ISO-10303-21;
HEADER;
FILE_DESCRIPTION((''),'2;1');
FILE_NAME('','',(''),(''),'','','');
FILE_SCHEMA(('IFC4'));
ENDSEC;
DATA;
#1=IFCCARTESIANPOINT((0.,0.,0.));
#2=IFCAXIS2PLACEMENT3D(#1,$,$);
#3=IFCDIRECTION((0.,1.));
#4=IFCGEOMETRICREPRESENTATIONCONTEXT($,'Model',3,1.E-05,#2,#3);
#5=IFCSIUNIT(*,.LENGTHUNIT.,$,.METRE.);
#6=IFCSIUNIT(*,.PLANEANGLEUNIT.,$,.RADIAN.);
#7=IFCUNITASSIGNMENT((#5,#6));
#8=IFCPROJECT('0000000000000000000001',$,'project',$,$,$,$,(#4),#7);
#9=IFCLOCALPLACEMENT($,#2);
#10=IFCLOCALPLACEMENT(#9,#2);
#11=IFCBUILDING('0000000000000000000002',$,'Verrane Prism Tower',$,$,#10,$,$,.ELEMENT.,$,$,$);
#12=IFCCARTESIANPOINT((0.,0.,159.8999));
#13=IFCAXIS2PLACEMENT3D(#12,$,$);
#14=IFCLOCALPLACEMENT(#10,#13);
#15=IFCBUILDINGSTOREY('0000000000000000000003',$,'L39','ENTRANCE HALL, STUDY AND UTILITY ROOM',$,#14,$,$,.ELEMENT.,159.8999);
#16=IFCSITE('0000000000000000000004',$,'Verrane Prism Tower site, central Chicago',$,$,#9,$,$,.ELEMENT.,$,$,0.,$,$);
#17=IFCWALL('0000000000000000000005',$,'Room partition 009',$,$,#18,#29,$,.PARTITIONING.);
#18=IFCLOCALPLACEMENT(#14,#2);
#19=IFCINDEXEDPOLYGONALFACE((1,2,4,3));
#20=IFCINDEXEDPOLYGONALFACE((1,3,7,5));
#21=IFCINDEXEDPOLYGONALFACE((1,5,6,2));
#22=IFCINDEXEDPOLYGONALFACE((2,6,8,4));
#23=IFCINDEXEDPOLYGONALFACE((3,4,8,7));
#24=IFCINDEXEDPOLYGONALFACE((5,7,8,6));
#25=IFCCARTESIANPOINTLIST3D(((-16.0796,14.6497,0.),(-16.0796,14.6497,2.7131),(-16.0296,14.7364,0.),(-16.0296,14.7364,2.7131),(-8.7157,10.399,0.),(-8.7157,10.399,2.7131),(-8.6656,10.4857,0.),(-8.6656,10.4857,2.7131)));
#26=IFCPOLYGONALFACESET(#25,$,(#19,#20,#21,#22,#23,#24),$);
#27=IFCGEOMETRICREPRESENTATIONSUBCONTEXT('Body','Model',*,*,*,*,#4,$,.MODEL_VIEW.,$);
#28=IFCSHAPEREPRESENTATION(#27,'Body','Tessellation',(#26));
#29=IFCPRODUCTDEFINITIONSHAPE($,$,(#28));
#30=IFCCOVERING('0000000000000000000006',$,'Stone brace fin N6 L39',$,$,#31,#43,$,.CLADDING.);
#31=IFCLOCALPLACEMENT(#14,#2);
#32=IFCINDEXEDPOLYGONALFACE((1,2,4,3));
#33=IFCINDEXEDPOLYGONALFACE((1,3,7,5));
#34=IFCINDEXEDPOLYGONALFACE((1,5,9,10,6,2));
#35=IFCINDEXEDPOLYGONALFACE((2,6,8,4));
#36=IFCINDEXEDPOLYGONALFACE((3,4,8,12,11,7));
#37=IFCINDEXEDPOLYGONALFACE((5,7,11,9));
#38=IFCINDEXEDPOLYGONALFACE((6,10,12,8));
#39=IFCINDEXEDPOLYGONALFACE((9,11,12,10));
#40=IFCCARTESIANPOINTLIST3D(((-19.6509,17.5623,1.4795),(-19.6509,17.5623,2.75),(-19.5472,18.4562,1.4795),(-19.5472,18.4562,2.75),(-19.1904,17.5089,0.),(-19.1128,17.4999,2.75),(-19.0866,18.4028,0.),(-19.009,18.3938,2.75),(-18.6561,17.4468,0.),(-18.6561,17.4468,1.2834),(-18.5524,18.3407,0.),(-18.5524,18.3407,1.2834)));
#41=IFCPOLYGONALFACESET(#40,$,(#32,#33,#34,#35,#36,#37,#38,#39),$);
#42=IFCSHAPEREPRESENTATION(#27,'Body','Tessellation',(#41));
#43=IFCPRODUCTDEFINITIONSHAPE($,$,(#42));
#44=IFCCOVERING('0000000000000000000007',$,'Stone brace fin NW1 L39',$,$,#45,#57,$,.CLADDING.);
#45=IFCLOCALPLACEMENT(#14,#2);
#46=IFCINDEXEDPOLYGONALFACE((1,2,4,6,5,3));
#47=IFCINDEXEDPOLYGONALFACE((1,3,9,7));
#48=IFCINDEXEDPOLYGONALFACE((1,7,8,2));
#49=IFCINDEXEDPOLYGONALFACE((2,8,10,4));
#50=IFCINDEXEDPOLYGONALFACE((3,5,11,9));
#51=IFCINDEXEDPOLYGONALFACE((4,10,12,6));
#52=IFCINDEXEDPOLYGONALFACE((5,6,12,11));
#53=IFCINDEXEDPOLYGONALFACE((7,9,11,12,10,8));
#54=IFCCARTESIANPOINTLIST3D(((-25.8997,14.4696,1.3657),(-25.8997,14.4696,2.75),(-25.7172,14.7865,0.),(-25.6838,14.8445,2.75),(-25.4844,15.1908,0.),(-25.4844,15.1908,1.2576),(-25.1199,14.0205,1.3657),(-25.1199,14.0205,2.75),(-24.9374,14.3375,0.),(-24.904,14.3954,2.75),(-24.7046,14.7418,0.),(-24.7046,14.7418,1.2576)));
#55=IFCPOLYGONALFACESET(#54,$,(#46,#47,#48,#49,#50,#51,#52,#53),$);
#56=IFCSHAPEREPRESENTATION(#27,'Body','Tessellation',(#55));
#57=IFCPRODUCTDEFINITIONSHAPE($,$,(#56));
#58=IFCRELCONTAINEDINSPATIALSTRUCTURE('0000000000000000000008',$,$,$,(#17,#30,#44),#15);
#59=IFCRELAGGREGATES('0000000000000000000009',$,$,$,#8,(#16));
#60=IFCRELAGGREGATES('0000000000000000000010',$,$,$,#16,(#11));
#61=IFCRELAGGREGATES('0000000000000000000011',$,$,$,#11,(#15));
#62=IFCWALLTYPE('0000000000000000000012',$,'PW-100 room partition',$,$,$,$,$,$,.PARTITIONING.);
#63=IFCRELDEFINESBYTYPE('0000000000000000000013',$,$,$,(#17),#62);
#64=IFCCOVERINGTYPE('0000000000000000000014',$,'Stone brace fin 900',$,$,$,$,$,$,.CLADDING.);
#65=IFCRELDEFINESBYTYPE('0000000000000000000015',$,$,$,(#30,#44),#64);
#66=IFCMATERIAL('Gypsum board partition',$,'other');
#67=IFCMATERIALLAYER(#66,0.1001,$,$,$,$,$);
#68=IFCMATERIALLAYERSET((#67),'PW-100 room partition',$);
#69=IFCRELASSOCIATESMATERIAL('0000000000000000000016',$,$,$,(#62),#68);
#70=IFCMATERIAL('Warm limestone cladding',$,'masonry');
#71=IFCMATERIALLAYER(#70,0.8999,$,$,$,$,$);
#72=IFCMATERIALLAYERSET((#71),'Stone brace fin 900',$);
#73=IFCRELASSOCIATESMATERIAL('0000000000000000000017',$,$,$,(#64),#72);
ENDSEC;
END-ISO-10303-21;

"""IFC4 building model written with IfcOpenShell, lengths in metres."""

from ifc_helpers import new_model, si_unit, direction, frame, frame_2d, origin, place, context, subcontext, project, spatial, polyline, rectangle, outline, extrude, material, layer, layer_set, type_object, element, save


model = new_model("IFC4")

# Units and contexts
model_context = context("Model", 3, precision=1e-05, world=origin(), true_north=direction((0.0, 1.0)))
body_context = subcontext(model_context, "Body", "Model", "MODEL_VIEW")
ifc_project = project(units=[si_unit("LENGTHUNIT", "METRE"), si_unit("PLANEANGLEUNIT", "RADIAN")], contexts=[model_context])

# Site, building, storey
site_placement = place(None, origin())
site = spatial("IfcSite", under=ifc_project, at=site_placement, Name="Verrane Prism Tower site, central Chicago", CompositionType="ELEMENT", RefElevation=0.0)
building_placement = place(site_placement, origin())
building = spatial("IfcBuilding", under=site, at=building_placement, Name="Verrane Prism Tower", CompositionType="ELEMENT")
storey_placement = place(building_placement, frame((0.0, 0.0, 159.8999)))
storey = spatial("IfcBuildingStorey", under=building, at=storey_placement, Name="L39", Description="ENTRANCE HALL, STUDY AND UTILITY ROOM", CompositionType="ELEMENT", Elevation=159.8999)

# Wall
ifc_material_1 = material(Name="Gypsum board partition", Category="other")
ifc_layer_1 = layer(ifc_material_1, 0.1001)
ifc_layer_set_1 = layer_set([ifc_layer_1], Name="PW-100 room partition")
wall_type = type_object("IfcWallType", Name="PW-100 room partition", PredefinedType="PARTITIONING", material=ifc_layer_set_1)
wall_placement = place(storey_placement, frame((-16.0547, 14.6931, 0.0), z_axis=(0.0, 0.0, 1.0), x_axis=(0.86607, -0.499922, 0.0)))
element("IfcWall", 1, at=wall_placement, inside=storey, type_object=wall_type, Name="Room partition 009", PredefinedType="PARTITIONING", context=body_context, shape_type="SweptSolid", body=[
    extrude(rectangle(XDim=8.5027, YDim=0.1001, at=frame_2d((4.2515, 0.0))), origin(), (0.0, 0.0, 1.0), 2.7131),
])

# Coverings
ifc_material_2 = material(Name="Warm limestone cladding", Category="masonry")
ifc_layer_2 = layer(ifc_material_2, 0.8999)
ifc_layer_set_2 = layer_set([ifc_layer_2], Name="Stone brace fin 900")
covering_type = type_object("IfcCoveringType", Name="Stone brace fin 900", PredefinedType="CLADDING", material=ifc_layer_set_2)
covering_1_placement = place(storey_placement, frame((-18.6042, 17.8938, 0.0), z_axis=(0.0, 0.0, 1.0), x_axis=(-0.993331, 0.115299, 0.0)))
element("IfcCovering", 2, at=covering_1_placement, inside=storey, type_object=covering_type, Name="Stone brace fin N6 L39", PredefinedType="CLADDING", context=body_context, shape_type="SweptSolid", body=[
    extrude(outline(polyline([(1.0015, 2.75), (0.4597, 2.75), (0.0, 1.2834), (0.0, 0.0), (0.5378, 0.0), (1.0015, 1.4795), (1.0015, 2.75)])), frame((0.0, 0.45, 0.0), z_axis=(0.0, -1.0, 0.0), x_axis=(1.0, 0.0, 0.0)), (0.0, 0.0, 1.0), 0.8999),
])
covering_2_placement = place(storey_placement, frame((-25.0945, 14.9663, 0.0), z_axis=(0.0, 0.0, 1.0), x_axis=(-0.499011, -0.866596, 0.0)))
element("IfcCovering", 3, at=covering_2_placement, inside=storey, type_object=covering_type, Name="Stone brace fin NW1 L39", PredefinedType="CLADDING", context=body_context, shape_type="SweptSolid", body=[
    extrude(outline(polyline([(0.8323, 2.75), (0.3997, 2.75), (0.0, 1.2576), (0.0, 0.0), (0.4666, 0.0), (0.8323, 1.3657), (0.8323, 2.75)])), frame((0.0, 0.45, 0.0), z_axis=(0.0, -1.0, 0.0), x_axis=(1.0, 0.0, 0.0)), (0.0, 0.0, 1.0), 0.8999),
])

save(model, "model.ifc")
